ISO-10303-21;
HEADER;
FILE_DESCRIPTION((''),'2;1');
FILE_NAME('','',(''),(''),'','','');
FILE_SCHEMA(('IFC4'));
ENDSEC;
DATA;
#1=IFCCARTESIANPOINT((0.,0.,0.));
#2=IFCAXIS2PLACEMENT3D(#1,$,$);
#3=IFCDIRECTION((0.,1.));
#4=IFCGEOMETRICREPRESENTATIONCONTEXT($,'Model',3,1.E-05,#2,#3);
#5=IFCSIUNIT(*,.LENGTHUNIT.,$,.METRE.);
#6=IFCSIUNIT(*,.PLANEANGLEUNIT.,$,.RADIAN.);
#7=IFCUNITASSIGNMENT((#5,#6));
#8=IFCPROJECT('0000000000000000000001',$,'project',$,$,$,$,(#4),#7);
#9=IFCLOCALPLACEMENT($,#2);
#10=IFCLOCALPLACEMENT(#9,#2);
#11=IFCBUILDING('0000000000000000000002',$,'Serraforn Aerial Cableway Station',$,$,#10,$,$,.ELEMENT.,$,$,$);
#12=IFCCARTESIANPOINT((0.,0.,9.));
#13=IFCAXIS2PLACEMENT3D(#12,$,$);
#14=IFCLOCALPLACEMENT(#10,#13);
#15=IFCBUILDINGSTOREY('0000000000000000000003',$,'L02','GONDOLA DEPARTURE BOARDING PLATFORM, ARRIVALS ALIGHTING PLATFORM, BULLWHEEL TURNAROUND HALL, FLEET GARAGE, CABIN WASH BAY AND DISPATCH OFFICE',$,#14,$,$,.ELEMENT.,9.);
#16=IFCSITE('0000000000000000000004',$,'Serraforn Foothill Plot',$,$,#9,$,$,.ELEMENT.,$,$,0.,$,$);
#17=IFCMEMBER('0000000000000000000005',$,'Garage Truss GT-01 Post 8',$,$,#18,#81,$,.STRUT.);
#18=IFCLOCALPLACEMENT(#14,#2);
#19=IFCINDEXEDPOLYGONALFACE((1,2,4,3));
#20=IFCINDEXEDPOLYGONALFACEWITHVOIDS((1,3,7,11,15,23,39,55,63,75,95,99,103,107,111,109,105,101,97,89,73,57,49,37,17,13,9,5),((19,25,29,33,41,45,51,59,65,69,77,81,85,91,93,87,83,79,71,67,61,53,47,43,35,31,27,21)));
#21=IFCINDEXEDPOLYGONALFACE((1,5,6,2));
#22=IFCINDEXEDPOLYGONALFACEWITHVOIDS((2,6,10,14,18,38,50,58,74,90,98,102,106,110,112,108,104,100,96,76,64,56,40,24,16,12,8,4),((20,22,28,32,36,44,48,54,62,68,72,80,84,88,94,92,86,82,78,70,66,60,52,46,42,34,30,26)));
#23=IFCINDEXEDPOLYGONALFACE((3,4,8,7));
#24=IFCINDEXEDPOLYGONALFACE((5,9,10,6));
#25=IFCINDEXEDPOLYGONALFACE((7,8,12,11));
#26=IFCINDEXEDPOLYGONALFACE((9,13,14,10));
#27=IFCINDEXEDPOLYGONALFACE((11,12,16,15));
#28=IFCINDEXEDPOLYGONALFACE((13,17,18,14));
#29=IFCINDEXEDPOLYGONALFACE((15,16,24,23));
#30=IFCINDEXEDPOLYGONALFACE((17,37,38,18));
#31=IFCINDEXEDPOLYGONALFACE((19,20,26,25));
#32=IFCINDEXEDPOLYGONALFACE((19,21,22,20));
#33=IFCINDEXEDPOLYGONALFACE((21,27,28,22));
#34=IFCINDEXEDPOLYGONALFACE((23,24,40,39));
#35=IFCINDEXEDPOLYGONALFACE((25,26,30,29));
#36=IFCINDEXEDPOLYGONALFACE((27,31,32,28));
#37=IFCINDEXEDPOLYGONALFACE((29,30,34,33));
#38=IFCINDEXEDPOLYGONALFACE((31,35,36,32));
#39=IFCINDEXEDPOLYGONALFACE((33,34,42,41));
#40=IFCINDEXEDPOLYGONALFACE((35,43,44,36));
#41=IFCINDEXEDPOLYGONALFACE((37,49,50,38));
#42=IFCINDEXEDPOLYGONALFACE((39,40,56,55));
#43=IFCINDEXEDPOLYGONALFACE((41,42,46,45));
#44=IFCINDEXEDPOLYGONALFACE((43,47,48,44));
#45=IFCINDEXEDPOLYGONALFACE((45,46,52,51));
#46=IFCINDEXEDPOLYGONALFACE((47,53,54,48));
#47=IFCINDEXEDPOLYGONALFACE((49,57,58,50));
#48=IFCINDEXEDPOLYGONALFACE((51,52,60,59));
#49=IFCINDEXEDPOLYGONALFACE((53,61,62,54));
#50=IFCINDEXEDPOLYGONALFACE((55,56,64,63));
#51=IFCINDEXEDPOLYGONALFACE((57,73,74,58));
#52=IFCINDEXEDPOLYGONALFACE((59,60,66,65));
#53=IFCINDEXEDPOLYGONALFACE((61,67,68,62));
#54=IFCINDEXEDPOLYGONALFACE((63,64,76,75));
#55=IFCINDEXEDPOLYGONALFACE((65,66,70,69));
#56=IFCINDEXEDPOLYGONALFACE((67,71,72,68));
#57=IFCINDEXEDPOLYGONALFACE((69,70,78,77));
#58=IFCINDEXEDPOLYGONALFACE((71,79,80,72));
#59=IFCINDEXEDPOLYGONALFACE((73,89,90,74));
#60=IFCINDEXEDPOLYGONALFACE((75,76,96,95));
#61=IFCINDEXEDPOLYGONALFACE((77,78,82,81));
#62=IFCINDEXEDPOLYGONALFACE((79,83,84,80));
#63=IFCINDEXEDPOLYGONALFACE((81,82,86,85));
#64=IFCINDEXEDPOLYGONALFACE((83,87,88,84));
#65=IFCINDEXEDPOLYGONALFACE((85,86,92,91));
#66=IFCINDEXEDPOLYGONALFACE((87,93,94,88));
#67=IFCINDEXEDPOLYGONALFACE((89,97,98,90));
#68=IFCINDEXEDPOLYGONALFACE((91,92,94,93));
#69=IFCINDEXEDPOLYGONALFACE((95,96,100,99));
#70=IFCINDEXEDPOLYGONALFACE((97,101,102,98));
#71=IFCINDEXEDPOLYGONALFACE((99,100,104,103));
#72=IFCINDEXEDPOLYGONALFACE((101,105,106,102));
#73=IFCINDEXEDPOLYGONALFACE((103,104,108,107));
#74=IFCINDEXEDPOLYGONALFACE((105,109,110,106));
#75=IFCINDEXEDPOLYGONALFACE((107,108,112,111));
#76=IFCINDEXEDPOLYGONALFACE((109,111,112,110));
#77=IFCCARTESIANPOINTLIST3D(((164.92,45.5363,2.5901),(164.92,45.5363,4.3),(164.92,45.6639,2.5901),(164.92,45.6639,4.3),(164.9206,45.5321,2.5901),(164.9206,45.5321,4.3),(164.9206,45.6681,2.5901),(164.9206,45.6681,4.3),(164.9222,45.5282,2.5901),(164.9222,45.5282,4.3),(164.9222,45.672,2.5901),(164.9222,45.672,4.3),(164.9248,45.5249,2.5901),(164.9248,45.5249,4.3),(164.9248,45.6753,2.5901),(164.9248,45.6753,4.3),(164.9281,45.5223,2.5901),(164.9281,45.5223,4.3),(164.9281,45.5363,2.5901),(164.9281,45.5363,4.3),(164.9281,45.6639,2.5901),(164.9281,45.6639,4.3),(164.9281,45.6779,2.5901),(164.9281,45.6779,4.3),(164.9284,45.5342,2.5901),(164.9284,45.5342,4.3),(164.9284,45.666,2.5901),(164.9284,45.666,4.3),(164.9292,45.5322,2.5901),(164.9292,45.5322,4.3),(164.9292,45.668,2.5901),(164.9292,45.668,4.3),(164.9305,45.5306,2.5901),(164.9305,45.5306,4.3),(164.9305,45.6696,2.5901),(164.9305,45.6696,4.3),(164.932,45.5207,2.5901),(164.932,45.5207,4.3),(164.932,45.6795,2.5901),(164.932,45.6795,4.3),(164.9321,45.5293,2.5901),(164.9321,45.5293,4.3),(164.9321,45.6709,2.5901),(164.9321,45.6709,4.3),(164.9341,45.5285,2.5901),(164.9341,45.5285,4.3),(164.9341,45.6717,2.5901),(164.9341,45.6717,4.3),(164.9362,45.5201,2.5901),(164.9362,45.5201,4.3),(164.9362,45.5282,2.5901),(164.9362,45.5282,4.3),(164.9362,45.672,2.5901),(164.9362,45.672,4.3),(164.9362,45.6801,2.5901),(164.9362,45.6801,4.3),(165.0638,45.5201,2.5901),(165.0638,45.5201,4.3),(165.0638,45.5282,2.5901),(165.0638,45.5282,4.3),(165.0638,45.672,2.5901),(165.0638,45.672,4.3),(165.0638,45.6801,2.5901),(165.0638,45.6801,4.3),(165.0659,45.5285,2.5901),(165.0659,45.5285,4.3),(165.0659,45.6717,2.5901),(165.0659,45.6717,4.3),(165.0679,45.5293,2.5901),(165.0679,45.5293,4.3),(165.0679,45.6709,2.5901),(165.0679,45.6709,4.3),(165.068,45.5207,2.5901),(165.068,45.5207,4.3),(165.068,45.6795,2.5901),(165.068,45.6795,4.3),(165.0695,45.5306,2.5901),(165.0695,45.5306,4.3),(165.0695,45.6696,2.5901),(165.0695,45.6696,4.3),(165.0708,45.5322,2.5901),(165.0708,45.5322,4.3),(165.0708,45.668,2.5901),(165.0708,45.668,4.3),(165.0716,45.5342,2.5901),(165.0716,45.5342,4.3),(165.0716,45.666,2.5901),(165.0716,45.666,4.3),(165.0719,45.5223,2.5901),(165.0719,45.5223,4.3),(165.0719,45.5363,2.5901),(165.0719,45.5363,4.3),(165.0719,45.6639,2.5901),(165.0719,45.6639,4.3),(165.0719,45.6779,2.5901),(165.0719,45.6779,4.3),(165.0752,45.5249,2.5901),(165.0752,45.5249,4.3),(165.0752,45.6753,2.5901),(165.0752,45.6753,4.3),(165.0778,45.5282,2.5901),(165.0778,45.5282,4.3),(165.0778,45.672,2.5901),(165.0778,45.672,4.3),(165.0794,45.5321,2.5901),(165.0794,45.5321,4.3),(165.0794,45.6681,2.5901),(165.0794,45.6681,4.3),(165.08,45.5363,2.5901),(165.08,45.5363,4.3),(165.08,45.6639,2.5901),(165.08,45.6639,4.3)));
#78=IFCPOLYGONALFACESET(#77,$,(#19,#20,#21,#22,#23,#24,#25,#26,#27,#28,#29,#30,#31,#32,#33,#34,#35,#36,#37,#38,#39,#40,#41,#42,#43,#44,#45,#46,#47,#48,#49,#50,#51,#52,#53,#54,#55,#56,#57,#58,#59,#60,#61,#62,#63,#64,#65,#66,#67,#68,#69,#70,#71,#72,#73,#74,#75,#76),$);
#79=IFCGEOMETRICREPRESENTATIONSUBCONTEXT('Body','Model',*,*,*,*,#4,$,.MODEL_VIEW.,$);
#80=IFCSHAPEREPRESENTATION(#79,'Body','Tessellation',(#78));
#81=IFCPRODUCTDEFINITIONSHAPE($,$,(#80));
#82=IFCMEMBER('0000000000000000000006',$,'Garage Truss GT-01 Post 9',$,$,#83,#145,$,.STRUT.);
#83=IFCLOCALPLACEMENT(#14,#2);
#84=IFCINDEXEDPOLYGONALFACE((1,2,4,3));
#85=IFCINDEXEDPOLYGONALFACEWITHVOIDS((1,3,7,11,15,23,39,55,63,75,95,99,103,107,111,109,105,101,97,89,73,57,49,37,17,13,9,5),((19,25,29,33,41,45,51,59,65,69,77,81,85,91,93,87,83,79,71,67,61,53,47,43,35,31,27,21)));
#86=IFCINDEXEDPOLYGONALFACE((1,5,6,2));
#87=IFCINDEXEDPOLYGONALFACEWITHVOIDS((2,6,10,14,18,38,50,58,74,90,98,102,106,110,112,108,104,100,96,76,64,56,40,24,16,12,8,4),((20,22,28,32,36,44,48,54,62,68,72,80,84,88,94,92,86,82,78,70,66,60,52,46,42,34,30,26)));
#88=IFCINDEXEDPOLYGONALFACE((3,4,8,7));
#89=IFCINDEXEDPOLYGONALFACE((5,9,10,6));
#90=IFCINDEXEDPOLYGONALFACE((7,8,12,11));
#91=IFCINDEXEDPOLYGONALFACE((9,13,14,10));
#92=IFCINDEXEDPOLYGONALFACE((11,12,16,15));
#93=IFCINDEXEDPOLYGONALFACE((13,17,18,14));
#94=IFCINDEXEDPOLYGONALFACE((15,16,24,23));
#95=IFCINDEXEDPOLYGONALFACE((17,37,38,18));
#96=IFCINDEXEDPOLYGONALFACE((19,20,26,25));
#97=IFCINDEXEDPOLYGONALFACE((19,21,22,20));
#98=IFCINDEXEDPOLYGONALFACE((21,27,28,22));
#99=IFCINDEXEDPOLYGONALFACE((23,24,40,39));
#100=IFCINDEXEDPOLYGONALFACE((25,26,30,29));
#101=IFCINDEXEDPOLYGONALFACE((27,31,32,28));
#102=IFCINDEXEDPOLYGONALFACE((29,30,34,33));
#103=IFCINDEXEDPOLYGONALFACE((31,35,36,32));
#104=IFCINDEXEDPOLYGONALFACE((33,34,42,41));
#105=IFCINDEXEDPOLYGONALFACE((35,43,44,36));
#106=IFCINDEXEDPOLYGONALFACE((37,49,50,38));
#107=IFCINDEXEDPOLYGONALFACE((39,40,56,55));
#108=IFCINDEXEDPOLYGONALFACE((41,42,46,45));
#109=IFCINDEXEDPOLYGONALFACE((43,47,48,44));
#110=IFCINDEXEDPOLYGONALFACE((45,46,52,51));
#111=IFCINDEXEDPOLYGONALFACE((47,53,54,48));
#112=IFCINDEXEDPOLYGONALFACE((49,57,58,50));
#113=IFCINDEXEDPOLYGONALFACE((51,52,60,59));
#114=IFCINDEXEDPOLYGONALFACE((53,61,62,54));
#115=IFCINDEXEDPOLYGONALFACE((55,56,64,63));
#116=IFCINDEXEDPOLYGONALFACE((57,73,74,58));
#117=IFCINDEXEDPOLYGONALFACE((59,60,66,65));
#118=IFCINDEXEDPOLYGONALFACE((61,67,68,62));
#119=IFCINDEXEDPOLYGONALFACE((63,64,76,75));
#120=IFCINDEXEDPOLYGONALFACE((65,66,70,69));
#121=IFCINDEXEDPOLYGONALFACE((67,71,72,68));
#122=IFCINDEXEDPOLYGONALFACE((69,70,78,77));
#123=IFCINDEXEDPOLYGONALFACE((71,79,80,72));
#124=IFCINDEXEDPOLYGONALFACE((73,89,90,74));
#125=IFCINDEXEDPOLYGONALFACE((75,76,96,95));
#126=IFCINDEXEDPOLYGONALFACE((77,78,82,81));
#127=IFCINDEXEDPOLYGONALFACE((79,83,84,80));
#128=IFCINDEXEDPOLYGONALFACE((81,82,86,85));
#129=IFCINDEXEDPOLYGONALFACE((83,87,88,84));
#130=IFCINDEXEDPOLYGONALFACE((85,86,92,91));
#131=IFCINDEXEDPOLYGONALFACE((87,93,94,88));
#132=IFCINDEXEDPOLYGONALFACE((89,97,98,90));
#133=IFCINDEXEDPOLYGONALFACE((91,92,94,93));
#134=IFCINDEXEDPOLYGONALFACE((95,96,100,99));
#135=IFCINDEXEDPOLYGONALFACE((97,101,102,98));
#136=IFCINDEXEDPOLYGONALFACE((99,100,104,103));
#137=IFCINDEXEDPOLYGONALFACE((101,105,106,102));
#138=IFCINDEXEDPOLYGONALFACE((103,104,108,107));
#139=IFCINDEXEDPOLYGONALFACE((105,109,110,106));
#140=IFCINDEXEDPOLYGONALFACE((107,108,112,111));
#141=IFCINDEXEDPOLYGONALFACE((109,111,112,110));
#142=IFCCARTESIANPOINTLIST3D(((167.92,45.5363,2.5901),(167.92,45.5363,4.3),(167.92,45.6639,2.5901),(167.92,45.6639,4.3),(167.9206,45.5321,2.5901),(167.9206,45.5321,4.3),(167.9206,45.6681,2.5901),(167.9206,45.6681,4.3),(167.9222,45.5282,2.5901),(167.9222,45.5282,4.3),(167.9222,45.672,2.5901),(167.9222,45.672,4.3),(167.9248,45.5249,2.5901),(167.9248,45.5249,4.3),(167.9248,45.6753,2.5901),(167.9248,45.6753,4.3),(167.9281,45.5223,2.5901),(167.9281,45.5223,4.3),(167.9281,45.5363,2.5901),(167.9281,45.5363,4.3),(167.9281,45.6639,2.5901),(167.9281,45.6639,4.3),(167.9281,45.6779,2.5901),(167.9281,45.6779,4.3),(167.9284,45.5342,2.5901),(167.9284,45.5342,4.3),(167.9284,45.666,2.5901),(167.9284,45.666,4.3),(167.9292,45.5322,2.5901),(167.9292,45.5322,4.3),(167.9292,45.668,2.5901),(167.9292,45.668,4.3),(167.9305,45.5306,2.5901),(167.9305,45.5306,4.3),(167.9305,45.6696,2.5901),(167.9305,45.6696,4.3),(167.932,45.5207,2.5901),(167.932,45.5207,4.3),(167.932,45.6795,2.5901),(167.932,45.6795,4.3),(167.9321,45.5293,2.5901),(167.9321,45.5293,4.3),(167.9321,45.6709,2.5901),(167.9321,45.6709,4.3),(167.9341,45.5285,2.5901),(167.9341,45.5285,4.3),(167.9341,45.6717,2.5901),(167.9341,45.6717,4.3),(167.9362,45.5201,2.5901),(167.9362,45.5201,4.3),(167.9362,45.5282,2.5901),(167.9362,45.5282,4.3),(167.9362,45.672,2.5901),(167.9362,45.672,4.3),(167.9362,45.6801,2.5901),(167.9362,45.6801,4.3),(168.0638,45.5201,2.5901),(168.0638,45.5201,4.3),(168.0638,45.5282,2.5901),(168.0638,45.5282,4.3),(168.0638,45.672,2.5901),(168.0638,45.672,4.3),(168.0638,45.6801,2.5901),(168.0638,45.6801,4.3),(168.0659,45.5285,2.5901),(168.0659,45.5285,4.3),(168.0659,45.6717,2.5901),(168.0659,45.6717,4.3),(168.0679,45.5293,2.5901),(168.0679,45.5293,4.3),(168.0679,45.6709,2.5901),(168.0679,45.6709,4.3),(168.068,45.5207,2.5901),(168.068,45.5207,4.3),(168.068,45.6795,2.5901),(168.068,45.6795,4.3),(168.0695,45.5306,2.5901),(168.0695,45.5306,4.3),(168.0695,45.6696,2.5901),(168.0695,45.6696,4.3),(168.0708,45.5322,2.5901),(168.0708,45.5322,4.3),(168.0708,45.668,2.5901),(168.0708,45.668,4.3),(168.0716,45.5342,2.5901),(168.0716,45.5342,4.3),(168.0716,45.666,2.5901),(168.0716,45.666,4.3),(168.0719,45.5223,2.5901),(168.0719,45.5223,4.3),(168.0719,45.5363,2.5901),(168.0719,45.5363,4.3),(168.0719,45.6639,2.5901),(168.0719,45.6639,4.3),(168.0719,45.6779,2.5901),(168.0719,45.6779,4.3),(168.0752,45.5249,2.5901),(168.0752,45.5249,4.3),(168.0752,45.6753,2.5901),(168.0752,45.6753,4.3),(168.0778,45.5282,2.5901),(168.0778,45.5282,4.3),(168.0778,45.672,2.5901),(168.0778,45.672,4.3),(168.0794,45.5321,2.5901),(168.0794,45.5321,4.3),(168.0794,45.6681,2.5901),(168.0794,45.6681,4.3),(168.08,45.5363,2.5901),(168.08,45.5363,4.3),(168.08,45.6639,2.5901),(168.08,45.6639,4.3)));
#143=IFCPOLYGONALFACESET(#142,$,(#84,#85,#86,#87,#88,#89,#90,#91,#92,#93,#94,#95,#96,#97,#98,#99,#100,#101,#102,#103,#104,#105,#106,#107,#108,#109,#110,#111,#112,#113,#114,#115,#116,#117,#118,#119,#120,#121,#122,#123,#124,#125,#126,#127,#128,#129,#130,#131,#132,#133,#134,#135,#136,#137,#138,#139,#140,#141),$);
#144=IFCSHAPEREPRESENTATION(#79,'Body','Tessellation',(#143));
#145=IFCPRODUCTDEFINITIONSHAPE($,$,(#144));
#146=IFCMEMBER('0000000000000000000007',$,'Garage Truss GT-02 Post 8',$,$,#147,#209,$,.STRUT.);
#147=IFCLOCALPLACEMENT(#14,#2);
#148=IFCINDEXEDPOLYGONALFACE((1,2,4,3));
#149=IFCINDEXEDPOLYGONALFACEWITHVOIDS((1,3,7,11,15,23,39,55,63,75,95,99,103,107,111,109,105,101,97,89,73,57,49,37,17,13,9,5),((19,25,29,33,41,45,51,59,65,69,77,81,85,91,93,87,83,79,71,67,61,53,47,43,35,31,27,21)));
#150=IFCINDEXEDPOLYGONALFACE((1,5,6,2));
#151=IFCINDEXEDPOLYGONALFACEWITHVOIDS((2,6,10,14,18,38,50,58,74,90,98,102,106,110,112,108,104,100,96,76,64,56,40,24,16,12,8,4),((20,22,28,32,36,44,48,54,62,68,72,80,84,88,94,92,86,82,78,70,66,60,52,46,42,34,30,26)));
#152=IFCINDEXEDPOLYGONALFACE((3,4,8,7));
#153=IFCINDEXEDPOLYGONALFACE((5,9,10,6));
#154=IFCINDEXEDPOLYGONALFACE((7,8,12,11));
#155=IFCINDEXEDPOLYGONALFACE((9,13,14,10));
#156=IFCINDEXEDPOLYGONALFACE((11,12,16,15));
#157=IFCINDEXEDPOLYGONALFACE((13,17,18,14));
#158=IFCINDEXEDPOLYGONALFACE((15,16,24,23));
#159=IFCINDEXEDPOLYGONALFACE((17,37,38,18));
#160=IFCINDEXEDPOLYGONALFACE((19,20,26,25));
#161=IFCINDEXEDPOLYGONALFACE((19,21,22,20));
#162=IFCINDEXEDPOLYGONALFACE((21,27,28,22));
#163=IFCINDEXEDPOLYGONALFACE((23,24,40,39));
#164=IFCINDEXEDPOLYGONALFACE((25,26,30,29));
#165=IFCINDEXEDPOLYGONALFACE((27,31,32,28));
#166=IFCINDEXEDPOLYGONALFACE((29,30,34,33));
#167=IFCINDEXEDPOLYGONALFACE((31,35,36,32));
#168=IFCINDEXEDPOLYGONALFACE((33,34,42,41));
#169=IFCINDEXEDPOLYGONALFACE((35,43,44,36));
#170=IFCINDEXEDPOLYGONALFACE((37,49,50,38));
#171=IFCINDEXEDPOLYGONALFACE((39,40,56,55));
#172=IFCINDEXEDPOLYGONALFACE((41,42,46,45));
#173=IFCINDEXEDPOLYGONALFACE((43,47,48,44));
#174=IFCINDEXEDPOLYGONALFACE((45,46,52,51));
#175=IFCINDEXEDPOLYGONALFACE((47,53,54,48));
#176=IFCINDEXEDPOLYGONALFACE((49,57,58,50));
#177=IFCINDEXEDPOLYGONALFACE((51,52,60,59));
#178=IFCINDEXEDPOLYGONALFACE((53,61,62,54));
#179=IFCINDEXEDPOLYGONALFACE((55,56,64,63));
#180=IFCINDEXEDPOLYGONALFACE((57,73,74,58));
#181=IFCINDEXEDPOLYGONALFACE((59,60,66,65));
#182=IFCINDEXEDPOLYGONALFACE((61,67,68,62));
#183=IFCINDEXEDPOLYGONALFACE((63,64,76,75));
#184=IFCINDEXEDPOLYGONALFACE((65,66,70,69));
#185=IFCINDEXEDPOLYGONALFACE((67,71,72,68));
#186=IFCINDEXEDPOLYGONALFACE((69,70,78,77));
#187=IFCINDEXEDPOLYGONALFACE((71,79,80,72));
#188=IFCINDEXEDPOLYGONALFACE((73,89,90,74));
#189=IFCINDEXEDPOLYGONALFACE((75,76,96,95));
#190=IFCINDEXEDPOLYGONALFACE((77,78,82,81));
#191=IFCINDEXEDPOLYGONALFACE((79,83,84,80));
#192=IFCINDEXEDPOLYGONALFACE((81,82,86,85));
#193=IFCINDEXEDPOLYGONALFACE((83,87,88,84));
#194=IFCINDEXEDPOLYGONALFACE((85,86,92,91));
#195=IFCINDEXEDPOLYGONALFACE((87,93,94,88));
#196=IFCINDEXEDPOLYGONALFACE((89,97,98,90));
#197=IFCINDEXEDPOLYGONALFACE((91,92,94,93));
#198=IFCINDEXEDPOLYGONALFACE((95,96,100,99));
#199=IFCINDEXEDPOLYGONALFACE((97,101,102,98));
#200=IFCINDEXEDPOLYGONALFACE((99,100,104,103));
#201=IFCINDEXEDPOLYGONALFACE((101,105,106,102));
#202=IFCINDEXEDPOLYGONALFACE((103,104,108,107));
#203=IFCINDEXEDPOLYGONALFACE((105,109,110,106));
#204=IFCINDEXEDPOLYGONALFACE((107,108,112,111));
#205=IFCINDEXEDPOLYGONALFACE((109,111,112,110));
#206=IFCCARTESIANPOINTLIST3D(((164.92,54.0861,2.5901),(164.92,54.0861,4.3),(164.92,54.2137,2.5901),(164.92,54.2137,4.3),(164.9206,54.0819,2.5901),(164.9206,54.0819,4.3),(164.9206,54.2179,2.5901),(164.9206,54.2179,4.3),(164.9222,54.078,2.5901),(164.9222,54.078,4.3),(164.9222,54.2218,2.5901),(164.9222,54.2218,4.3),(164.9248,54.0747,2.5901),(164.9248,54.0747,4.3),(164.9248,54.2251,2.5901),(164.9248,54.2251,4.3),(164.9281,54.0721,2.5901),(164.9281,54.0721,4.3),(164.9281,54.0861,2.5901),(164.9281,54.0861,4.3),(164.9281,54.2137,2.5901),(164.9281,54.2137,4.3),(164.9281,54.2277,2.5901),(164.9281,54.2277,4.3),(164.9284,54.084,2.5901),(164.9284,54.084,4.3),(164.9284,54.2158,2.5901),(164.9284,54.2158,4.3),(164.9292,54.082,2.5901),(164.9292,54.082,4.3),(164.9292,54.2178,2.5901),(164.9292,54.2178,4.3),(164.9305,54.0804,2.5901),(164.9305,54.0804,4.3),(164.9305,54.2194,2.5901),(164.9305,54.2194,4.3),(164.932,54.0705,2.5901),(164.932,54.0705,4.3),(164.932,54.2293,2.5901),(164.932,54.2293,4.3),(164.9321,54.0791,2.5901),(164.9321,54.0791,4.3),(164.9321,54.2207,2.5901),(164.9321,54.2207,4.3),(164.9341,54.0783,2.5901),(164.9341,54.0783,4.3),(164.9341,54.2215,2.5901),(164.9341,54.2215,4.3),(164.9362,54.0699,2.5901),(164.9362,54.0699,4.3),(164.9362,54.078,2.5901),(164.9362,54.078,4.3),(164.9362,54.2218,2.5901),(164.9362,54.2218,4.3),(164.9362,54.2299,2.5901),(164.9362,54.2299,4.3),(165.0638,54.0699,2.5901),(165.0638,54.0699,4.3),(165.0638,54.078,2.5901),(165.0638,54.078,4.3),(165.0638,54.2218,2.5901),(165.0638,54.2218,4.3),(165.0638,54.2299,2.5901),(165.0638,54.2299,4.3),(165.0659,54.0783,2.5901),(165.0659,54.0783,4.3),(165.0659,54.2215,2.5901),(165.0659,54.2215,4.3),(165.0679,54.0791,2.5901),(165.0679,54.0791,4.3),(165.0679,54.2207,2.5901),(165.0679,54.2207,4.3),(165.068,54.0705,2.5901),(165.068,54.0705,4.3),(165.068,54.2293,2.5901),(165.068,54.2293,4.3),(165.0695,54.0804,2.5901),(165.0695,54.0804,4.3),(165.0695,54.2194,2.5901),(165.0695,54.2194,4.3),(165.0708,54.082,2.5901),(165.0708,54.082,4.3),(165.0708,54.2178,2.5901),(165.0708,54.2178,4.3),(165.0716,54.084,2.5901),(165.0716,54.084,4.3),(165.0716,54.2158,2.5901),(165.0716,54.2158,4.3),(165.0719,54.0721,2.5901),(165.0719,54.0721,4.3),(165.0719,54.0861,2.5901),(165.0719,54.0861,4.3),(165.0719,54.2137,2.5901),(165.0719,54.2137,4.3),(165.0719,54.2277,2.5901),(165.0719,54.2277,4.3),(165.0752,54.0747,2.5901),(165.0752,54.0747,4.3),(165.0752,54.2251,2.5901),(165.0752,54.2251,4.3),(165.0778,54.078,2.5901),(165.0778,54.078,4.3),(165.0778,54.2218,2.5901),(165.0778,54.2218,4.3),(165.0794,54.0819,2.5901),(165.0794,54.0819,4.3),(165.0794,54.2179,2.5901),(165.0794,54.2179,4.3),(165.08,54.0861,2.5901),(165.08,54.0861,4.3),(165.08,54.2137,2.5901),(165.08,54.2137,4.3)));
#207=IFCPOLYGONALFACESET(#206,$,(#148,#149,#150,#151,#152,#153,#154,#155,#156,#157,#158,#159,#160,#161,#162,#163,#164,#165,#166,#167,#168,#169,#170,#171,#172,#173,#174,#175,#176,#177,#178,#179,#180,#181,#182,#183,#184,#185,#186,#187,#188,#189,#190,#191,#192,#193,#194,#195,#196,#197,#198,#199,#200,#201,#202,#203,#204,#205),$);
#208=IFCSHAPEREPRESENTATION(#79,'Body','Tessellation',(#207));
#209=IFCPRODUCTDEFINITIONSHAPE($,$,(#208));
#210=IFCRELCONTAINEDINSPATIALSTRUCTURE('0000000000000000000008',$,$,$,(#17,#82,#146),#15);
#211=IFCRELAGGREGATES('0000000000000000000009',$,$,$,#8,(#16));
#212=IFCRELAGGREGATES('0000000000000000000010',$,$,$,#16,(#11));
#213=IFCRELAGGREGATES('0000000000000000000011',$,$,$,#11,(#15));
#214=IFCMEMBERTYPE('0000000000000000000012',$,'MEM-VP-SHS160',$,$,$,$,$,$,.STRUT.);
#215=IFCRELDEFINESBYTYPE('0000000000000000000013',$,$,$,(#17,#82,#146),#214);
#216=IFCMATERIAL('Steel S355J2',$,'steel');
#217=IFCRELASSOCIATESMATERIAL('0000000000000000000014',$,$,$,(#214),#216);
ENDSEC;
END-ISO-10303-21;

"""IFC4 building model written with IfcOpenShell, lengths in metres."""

from ifc_helpers import new_model, si_unit, direction, frame, origin, origin_2d, place, context, subcontext, project, spatial, hollow_rectangle, extrude, material, material_profile, profile_set, type_object, element, save


model = new_model("IFC4")

# Units and contexts
model_context = context("Model", 3, precision=1e-05, world=origin(), true_north=direction((0.0, 1.0)))
body_context = subcontext(model_context, "Body", "Model", "MODEL_VIEW")
ifc_project = project(units=[si_unit("LENGTHUNIT", "METRE"), si_unit("PLANEANGLEUNIT", "RADIAN")], contexts=[model_context])

# Site, building, storey
site_placement = place(None, origin())
site = spatial("IfcSite", under=ifc_project, at=site_placement, Name="Serraforn Foothill Plot", CompositionType="ELEMENT", RefElevation=0.0)
building_placement = place(site_placement, origin())
building = spatial("IfcBuilding", under=site, at=building_placement, Name="Serraforn Aerial Cableway Station", CompositionType="ELEMENT")
storey_placement = place(building_placement, frame((0.0, 0.0, 9.0)))
storey = spatial("IfcBuildingStorey", under=building, at=storey_placement, Name="L02", Description="GONDOLA DEPARTURE BOARDING PLATFORM, ARRIVALS ALIGHTING PLATFORM, BULLWHEEL TURNAROUND HALL, FLEET GARAGE, CABIN WASH BAY AND DISPATCH OFFICE", CompositionType="ELEMENT", Elevation=9.0)

# Shared definitions
ifc_material_1 = material(Name="Steel S355J2", Category="steel")

# Members
ifc_material_profile_1 = material_profile(ifc_material_1, hollow_rectangle(XDim=0.1599, YDim=0.1599, WallThickness=0.0081, InnerFilletRadius=0.0081, OuterFilletRadius=0.0161, at=origin_2d()), Name="SHS 160x160x8.0")
ifc_profile_set_1 = profile_set([ifc_material_profile_1], Name="Steel S355J2")
member_type_1 = type_object("IfcMemberType", Name="MEM-VP-SHS160", PredefinedType="STRUT", material=ifc_profile_set_1)
for number, where, z_axis, x_axis, name in (
    (1, (165.0, 45.6001, 2.5901), (0.0, 0.0, 1.0), (1.0, 0.0, 0.0), "Garage Truss GT-01 Post 8"),
    (2, (168.0, 45.6001, 2.5901), (0.0, 0.0, 1.0), (1.0, 0.0, 0.0), "Garage Truss GT-01 Post 9"),
    (3, (165.0, 54.1499, 2.5901), (0.0, 0.0, 1.0), (1.0, 0.0, 0.0), "Garage Truss GT-02 Post 8"),
):
    element("IfcMember", number, at=place(storey_placement, frame(where, z_axis=z_axis, x_axis=x_axis)), inside=storey, type_object=member_type_1, Name=name, PredefinedType="STRUT", context=body_context, shape_type="SweptSolid", body=[
        extrude(hollow_rectangle(XDim=0.1599, YDim=0.1599, WallThickness=0.0081, InnerFilletRadius=0.0081, OuterFilletRadius=0.0161, at=origin_2d()), origin(), (0.0, 0.0, 1.0), 1.71),
    ])

save(model, "model.ifc")
